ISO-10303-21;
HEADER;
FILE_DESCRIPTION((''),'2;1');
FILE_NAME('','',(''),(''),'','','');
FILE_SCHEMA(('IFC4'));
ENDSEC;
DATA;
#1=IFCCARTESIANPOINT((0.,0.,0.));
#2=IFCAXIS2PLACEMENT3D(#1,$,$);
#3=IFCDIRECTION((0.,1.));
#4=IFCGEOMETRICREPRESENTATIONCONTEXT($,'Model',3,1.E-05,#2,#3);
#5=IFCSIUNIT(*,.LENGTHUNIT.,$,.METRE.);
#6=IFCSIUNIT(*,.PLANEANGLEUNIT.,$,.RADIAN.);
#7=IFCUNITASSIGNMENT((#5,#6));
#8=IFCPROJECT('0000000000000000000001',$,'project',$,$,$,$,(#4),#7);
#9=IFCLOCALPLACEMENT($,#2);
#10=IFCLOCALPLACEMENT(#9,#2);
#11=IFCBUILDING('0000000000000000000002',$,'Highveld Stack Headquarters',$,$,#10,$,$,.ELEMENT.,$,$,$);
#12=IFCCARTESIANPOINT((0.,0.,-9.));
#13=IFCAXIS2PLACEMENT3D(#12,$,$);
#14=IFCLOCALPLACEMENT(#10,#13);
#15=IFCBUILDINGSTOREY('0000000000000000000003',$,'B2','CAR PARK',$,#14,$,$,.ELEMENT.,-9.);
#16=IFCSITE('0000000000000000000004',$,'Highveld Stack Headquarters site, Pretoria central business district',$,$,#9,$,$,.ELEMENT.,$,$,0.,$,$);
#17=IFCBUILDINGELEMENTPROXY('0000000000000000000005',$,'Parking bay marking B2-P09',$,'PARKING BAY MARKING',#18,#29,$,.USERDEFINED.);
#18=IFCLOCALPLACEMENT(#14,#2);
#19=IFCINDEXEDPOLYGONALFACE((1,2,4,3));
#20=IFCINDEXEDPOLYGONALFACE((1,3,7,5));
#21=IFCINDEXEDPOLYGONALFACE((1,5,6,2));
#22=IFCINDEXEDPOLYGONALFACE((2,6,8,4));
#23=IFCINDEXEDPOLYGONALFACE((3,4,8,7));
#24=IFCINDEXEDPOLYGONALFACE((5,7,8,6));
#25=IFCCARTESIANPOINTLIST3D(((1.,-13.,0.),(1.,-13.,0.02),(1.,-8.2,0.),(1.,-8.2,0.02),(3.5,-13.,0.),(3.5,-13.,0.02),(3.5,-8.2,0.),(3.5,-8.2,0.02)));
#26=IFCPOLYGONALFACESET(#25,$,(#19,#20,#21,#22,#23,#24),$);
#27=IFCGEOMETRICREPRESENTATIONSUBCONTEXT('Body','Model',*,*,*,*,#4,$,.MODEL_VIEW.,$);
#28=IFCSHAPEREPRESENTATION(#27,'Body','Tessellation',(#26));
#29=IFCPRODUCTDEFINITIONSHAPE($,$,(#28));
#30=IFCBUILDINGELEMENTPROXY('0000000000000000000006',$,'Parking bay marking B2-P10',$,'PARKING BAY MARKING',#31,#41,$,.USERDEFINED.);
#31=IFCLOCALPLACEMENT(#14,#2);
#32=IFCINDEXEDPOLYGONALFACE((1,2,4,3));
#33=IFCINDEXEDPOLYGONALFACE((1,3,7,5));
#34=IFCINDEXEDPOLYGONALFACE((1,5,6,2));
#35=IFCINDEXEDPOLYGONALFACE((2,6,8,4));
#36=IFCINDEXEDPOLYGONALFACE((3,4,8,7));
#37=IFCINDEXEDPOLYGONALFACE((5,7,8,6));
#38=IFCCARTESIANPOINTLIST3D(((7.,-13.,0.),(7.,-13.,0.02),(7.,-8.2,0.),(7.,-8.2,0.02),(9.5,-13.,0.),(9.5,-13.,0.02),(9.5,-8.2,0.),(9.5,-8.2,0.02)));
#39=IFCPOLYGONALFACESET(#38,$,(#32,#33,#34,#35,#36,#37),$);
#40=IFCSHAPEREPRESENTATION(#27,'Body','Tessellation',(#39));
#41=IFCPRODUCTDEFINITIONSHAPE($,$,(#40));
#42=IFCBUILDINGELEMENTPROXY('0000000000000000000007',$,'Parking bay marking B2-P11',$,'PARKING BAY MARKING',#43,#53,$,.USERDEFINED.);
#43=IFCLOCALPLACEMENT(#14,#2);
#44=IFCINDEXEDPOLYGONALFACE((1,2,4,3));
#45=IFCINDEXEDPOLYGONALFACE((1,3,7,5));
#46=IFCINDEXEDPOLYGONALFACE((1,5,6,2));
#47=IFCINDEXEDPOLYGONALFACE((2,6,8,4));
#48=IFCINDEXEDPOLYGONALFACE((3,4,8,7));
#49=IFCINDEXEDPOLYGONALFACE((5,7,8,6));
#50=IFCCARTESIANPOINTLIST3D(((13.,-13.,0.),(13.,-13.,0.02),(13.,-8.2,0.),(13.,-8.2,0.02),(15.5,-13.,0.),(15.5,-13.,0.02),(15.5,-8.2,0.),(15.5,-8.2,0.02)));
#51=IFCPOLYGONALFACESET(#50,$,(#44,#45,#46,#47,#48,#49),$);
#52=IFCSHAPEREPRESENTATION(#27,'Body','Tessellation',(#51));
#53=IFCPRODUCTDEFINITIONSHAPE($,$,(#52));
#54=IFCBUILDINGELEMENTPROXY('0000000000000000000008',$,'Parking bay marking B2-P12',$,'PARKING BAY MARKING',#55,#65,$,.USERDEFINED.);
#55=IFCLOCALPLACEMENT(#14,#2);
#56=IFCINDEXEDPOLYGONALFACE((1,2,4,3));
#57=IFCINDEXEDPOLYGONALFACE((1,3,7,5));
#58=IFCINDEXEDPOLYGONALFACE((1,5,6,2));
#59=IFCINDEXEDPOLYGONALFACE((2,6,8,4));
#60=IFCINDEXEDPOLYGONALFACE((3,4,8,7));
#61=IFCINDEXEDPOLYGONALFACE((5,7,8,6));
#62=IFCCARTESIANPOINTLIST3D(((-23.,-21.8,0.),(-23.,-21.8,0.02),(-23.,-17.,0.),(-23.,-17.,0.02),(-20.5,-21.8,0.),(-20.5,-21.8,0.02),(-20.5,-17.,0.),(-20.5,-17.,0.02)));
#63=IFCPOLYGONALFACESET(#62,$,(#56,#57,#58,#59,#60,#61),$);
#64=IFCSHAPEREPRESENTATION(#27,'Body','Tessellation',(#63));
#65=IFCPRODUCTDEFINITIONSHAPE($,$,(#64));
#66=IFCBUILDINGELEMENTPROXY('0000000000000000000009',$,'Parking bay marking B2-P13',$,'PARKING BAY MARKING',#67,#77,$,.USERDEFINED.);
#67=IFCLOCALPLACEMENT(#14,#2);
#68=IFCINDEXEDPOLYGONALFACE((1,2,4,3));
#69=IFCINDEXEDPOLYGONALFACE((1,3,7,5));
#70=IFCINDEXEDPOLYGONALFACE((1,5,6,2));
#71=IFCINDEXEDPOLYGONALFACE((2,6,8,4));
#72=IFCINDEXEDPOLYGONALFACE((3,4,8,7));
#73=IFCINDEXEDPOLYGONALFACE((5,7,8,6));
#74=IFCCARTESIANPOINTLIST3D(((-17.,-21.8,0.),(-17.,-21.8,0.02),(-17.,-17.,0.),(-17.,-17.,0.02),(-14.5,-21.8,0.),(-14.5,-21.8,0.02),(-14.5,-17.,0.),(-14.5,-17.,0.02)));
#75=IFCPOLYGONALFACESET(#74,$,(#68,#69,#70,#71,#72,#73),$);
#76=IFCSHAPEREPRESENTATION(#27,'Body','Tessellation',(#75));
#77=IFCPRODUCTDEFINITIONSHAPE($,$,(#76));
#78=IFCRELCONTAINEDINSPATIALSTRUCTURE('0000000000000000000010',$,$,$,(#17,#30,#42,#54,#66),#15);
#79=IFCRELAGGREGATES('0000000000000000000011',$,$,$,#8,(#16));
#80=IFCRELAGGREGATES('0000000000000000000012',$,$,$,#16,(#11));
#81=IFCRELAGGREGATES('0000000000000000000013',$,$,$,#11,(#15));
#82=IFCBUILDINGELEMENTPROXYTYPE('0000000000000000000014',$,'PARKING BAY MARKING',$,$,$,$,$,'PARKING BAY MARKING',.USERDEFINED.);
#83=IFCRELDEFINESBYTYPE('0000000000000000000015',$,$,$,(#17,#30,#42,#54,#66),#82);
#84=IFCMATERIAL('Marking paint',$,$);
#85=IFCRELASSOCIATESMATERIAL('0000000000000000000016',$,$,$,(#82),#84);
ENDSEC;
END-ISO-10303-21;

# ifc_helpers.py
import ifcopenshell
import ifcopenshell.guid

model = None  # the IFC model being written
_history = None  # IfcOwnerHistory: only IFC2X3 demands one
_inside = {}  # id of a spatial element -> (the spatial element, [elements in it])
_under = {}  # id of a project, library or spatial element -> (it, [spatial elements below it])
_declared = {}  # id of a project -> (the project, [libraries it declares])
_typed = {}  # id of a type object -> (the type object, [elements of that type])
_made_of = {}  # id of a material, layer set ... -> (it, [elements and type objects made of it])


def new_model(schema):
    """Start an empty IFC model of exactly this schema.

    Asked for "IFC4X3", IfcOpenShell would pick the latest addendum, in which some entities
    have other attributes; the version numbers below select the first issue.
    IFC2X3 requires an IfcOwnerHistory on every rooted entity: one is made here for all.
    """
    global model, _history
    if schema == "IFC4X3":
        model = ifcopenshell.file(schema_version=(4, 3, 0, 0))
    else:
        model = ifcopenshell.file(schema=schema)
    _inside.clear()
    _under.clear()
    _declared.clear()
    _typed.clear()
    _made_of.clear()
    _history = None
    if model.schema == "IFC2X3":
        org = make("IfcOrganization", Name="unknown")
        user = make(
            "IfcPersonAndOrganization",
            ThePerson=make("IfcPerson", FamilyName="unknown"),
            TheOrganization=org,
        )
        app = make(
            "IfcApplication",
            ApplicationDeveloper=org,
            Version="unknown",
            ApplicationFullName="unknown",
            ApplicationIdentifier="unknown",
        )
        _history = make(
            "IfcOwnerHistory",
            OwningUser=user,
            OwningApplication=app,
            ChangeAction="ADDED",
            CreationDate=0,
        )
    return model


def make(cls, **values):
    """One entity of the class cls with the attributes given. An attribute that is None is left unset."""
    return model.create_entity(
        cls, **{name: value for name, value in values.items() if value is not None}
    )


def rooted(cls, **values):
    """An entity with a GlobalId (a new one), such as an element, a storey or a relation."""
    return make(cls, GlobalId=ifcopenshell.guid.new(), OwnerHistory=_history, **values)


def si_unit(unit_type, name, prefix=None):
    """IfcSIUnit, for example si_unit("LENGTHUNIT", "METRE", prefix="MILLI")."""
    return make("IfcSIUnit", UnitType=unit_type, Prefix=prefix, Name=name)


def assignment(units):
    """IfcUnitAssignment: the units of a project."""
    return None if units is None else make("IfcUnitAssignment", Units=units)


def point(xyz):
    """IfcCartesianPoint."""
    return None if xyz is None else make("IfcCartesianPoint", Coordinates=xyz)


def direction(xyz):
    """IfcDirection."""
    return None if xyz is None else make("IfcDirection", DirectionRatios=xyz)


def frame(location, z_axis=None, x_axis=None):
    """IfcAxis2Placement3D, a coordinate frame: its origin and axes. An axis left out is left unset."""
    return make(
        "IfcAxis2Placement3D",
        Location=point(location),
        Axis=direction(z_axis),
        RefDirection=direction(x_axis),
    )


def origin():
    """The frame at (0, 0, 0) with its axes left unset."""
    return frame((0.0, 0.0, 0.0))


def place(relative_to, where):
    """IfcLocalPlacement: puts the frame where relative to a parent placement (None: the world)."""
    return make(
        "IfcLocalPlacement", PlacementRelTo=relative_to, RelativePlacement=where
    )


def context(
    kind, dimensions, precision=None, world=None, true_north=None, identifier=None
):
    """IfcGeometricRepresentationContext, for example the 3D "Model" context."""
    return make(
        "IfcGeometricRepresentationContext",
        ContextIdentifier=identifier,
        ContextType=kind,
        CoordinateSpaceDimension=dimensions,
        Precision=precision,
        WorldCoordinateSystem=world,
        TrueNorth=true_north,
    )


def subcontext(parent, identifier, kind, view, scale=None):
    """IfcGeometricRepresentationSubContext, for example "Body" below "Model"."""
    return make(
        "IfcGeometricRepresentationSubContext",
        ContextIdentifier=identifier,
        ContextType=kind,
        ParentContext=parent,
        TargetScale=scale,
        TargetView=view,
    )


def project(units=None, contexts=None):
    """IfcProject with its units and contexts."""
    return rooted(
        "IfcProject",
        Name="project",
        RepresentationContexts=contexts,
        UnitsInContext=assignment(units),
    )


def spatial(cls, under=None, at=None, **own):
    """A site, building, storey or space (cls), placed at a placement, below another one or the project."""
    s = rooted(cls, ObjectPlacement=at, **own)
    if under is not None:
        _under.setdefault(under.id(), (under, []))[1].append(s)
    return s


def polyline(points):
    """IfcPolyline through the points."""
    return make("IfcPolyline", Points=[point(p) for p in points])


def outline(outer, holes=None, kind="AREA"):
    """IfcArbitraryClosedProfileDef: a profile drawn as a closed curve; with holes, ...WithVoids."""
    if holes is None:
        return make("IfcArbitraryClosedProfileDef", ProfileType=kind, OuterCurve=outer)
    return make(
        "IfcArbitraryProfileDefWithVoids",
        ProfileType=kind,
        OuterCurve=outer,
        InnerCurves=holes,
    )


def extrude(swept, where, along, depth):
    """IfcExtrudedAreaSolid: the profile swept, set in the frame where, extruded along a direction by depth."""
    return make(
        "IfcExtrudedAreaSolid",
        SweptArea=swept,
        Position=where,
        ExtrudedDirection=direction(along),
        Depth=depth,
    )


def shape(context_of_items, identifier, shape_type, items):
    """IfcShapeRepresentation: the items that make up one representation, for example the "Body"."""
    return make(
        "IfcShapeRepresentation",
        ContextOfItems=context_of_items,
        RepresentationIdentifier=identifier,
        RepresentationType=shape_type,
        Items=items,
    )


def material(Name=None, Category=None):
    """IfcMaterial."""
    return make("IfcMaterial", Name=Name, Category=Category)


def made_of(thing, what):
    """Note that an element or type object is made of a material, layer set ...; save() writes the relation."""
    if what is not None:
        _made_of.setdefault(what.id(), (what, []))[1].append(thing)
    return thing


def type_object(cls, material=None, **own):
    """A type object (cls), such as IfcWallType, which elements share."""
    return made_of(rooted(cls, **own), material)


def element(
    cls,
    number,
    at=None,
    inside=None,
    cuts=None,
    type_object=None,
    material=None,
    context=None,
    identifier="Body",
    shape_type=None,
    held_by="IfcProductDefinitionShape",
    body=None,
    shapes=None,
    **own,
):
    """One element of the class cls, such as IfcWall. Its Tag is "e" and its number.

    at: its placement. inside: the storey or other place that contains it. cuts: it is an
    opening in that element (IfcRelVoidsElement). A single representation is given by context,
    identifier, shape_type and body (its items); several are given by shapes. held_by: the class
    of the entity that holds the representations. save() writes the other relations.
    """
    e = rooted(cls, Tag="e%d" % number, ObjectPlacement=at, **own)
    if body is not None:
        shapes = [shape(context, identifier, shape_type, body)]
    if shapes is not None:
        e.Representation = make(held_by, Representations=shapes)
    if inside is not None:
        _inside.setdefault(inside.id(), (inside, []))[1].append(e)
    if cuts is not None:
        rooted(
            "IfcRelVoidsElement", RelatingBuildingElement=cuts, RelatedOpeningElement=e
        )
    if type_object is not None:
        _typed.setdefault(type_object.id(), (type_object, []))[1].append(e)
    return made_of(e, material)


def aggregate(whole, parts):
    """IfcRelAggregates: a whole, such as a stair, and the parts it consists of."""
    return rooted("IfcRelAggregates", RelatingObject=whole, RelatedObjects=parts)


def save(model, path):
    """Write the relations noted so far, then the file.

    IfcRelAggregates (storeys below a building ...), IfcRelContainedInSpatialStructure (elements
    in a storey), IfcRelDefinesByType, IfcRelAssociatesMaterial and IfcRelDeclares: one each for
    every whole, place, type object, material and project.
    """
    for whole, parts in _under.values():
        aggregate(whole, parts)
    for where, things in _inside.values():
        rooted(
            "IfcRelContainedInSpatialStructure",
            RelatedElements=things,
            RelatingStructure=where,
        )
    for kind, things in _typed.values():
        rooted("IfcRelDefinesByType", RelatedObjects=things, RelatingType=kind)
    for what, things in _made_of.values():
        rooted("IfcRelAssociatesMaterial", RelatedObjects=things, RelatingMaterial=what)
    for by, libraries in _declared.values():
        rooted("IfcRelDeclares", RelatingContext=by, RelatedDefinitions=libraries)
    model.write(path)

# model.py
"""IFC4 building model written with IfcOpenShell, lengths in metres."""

from ifc_helpers import new_model, si_unit, direction, frame, origin, place, context, subcontext, project, spatial, polyline, outline, extrude, material, type_object, element, save


model = new_model("IFC4")

# Units and contexts
model_context = context("Model", 3, precision=1e-05, world=origin(), true_north=direction((0.0, 1.0)))
body_context = subcontext(model_context, "Body", "Model", "MODEL_VIEW")
ifc_project = project(units=[si_unit("LENGTHUNIT", "METRE"), si_unit("PLANEANGLEUNIT", "RADIAN")], contexts=[model_context])

# Site, building, storey
site_placement = place(None, origin())
site = spatial("IfcSite", under=ifc_project, at=site_placement, Name="Highveld Stack Headquarters site, Pretoria central business district", CompositionType="ELEMENT", RefElevation=0.0)
building_placement = place(site_placement, origin())
building = spatial("IfcBuilding", under=site, at=building_placement, Name="Highveld Stack Headquarters", CompositionType="ELEMENT")
storey_placement = place(building_placement, frame((0.0, 0.0, -9.0)))
storey = spatial("IfcBuildingStorey", under=building, at=storey_placement, Name="B2", Description="CAR PARK", CompositionType="ELEMENT", Elevation=-9.0)

# Building element proxies
ifc_material_1 = material(Name="Marking paint")
building_element_proxy_type_1 = type_object("IfcBuildingElementProxyType", Name="PARKING BAY MARKING", ElementType="PARKING BAY MARKING", PredefinedType="USERDEFINED", material=ifc_material_1)
proxy_1_placement = place(storey_placement, origin())
element("IfcBuildingElementProxy", 1, at=proxy_1_placement, inside=storey, type_object=building_element_proxy_type_1, Name="Parking bay marking B2-P09", ObjectType="PARKING BAY MARKING", PredefinedType="USERDEFINED", context=body_context, shape_type="SweptSolid", body=[
    extrude(outline(polyline([(3.5, -13.0), (3.5, -8.2), (1.0, -8.2), (1.0, -13.0), (3.5, -13.0)])), origin(), (0.0, 0.0, 1.0), 0.02),
])
proxy_2_placement = place(storey_placement, origin())
element("IfcBuildingElementProxy", 2, at=proxy_2_placement, inside=storey, type_object=building_element_proxy_type_1, Name="Parking bay marking B2-P10", ObjectType="PARKING BAY MARKING", PredefinedType="USERDEFINED", context=body_context, shape_type="SweptSolid", body=[
    extrude(outline(polyline([(9.5, -13.0), (9.5, -8.2), (7.0, -8.2), (7.0, -13.0), (9.5, -13.0)])), origin(), (0.0, 0.0, 1.0), 0.02),
])
proxy_3_placement = place(storey_placement, origin())
element("IfcBuildingElementProxy", 3, at=proxy_3_placement, inside=storey, type_object=building_element_proxy_type_1, Name="Parking bay marking B2-P11", ObjectType="PARKING BAY MARKING", PredefinedType="USERDEFINED", context=body_context, shape_type="SweptSolid", body=[
    extrude(outline(polyline([(15.5, -13.0), (15.5, -8.2), (13.0, -8.2), (13.0, -13.0), (15.5, -13.0)])), origin(), (0.0, 0.0, 1.0), 0.02),
])
proxy_4_placement = place(storey_placement, origin())
element("IfcBuildingElementProxy", 4, at=proxy_4_placement, inside=storey, type_object=building_element_proxy_type_1, Name="Parking bay marking B2-P12", ObjectType="PARKING BAY MARKING", PredefinedType="USERDEFINED", context=body_context, shape_type="SweptSolid", body=[
    extrude(outline(polyline([(-20.5, -21.8), (-20.5, -17.0), (-23.0, -17.0), (-23.0, -21.8), (-20.5, -21.8)])), origin(), (0.0, 0.0, 1.0), 0.02),
])
proxy_5_placement = place(storey_placement, origin())
element("IfcBuildingElementProxy", 5, at=proxy_5_placement, inside=storey, type_object=building_element_proxy_type_1, Name="Parking bay marking B2-P13", ObjectType="PARKING BAY MARKING", PredefinedType="USERDEFINED", context=body_context, shape_type="SweptSolid", body=[
    extrude(outline(polyline([(-14.5, -21.8), (-14.5, -17.0), (-17.0, -17.0), (-17.0, -21.8), (-14.5, -21.8)])), origin(), (0.0, 0.0, 1.0), 0.02),
])

save(model, "model.ifc")
